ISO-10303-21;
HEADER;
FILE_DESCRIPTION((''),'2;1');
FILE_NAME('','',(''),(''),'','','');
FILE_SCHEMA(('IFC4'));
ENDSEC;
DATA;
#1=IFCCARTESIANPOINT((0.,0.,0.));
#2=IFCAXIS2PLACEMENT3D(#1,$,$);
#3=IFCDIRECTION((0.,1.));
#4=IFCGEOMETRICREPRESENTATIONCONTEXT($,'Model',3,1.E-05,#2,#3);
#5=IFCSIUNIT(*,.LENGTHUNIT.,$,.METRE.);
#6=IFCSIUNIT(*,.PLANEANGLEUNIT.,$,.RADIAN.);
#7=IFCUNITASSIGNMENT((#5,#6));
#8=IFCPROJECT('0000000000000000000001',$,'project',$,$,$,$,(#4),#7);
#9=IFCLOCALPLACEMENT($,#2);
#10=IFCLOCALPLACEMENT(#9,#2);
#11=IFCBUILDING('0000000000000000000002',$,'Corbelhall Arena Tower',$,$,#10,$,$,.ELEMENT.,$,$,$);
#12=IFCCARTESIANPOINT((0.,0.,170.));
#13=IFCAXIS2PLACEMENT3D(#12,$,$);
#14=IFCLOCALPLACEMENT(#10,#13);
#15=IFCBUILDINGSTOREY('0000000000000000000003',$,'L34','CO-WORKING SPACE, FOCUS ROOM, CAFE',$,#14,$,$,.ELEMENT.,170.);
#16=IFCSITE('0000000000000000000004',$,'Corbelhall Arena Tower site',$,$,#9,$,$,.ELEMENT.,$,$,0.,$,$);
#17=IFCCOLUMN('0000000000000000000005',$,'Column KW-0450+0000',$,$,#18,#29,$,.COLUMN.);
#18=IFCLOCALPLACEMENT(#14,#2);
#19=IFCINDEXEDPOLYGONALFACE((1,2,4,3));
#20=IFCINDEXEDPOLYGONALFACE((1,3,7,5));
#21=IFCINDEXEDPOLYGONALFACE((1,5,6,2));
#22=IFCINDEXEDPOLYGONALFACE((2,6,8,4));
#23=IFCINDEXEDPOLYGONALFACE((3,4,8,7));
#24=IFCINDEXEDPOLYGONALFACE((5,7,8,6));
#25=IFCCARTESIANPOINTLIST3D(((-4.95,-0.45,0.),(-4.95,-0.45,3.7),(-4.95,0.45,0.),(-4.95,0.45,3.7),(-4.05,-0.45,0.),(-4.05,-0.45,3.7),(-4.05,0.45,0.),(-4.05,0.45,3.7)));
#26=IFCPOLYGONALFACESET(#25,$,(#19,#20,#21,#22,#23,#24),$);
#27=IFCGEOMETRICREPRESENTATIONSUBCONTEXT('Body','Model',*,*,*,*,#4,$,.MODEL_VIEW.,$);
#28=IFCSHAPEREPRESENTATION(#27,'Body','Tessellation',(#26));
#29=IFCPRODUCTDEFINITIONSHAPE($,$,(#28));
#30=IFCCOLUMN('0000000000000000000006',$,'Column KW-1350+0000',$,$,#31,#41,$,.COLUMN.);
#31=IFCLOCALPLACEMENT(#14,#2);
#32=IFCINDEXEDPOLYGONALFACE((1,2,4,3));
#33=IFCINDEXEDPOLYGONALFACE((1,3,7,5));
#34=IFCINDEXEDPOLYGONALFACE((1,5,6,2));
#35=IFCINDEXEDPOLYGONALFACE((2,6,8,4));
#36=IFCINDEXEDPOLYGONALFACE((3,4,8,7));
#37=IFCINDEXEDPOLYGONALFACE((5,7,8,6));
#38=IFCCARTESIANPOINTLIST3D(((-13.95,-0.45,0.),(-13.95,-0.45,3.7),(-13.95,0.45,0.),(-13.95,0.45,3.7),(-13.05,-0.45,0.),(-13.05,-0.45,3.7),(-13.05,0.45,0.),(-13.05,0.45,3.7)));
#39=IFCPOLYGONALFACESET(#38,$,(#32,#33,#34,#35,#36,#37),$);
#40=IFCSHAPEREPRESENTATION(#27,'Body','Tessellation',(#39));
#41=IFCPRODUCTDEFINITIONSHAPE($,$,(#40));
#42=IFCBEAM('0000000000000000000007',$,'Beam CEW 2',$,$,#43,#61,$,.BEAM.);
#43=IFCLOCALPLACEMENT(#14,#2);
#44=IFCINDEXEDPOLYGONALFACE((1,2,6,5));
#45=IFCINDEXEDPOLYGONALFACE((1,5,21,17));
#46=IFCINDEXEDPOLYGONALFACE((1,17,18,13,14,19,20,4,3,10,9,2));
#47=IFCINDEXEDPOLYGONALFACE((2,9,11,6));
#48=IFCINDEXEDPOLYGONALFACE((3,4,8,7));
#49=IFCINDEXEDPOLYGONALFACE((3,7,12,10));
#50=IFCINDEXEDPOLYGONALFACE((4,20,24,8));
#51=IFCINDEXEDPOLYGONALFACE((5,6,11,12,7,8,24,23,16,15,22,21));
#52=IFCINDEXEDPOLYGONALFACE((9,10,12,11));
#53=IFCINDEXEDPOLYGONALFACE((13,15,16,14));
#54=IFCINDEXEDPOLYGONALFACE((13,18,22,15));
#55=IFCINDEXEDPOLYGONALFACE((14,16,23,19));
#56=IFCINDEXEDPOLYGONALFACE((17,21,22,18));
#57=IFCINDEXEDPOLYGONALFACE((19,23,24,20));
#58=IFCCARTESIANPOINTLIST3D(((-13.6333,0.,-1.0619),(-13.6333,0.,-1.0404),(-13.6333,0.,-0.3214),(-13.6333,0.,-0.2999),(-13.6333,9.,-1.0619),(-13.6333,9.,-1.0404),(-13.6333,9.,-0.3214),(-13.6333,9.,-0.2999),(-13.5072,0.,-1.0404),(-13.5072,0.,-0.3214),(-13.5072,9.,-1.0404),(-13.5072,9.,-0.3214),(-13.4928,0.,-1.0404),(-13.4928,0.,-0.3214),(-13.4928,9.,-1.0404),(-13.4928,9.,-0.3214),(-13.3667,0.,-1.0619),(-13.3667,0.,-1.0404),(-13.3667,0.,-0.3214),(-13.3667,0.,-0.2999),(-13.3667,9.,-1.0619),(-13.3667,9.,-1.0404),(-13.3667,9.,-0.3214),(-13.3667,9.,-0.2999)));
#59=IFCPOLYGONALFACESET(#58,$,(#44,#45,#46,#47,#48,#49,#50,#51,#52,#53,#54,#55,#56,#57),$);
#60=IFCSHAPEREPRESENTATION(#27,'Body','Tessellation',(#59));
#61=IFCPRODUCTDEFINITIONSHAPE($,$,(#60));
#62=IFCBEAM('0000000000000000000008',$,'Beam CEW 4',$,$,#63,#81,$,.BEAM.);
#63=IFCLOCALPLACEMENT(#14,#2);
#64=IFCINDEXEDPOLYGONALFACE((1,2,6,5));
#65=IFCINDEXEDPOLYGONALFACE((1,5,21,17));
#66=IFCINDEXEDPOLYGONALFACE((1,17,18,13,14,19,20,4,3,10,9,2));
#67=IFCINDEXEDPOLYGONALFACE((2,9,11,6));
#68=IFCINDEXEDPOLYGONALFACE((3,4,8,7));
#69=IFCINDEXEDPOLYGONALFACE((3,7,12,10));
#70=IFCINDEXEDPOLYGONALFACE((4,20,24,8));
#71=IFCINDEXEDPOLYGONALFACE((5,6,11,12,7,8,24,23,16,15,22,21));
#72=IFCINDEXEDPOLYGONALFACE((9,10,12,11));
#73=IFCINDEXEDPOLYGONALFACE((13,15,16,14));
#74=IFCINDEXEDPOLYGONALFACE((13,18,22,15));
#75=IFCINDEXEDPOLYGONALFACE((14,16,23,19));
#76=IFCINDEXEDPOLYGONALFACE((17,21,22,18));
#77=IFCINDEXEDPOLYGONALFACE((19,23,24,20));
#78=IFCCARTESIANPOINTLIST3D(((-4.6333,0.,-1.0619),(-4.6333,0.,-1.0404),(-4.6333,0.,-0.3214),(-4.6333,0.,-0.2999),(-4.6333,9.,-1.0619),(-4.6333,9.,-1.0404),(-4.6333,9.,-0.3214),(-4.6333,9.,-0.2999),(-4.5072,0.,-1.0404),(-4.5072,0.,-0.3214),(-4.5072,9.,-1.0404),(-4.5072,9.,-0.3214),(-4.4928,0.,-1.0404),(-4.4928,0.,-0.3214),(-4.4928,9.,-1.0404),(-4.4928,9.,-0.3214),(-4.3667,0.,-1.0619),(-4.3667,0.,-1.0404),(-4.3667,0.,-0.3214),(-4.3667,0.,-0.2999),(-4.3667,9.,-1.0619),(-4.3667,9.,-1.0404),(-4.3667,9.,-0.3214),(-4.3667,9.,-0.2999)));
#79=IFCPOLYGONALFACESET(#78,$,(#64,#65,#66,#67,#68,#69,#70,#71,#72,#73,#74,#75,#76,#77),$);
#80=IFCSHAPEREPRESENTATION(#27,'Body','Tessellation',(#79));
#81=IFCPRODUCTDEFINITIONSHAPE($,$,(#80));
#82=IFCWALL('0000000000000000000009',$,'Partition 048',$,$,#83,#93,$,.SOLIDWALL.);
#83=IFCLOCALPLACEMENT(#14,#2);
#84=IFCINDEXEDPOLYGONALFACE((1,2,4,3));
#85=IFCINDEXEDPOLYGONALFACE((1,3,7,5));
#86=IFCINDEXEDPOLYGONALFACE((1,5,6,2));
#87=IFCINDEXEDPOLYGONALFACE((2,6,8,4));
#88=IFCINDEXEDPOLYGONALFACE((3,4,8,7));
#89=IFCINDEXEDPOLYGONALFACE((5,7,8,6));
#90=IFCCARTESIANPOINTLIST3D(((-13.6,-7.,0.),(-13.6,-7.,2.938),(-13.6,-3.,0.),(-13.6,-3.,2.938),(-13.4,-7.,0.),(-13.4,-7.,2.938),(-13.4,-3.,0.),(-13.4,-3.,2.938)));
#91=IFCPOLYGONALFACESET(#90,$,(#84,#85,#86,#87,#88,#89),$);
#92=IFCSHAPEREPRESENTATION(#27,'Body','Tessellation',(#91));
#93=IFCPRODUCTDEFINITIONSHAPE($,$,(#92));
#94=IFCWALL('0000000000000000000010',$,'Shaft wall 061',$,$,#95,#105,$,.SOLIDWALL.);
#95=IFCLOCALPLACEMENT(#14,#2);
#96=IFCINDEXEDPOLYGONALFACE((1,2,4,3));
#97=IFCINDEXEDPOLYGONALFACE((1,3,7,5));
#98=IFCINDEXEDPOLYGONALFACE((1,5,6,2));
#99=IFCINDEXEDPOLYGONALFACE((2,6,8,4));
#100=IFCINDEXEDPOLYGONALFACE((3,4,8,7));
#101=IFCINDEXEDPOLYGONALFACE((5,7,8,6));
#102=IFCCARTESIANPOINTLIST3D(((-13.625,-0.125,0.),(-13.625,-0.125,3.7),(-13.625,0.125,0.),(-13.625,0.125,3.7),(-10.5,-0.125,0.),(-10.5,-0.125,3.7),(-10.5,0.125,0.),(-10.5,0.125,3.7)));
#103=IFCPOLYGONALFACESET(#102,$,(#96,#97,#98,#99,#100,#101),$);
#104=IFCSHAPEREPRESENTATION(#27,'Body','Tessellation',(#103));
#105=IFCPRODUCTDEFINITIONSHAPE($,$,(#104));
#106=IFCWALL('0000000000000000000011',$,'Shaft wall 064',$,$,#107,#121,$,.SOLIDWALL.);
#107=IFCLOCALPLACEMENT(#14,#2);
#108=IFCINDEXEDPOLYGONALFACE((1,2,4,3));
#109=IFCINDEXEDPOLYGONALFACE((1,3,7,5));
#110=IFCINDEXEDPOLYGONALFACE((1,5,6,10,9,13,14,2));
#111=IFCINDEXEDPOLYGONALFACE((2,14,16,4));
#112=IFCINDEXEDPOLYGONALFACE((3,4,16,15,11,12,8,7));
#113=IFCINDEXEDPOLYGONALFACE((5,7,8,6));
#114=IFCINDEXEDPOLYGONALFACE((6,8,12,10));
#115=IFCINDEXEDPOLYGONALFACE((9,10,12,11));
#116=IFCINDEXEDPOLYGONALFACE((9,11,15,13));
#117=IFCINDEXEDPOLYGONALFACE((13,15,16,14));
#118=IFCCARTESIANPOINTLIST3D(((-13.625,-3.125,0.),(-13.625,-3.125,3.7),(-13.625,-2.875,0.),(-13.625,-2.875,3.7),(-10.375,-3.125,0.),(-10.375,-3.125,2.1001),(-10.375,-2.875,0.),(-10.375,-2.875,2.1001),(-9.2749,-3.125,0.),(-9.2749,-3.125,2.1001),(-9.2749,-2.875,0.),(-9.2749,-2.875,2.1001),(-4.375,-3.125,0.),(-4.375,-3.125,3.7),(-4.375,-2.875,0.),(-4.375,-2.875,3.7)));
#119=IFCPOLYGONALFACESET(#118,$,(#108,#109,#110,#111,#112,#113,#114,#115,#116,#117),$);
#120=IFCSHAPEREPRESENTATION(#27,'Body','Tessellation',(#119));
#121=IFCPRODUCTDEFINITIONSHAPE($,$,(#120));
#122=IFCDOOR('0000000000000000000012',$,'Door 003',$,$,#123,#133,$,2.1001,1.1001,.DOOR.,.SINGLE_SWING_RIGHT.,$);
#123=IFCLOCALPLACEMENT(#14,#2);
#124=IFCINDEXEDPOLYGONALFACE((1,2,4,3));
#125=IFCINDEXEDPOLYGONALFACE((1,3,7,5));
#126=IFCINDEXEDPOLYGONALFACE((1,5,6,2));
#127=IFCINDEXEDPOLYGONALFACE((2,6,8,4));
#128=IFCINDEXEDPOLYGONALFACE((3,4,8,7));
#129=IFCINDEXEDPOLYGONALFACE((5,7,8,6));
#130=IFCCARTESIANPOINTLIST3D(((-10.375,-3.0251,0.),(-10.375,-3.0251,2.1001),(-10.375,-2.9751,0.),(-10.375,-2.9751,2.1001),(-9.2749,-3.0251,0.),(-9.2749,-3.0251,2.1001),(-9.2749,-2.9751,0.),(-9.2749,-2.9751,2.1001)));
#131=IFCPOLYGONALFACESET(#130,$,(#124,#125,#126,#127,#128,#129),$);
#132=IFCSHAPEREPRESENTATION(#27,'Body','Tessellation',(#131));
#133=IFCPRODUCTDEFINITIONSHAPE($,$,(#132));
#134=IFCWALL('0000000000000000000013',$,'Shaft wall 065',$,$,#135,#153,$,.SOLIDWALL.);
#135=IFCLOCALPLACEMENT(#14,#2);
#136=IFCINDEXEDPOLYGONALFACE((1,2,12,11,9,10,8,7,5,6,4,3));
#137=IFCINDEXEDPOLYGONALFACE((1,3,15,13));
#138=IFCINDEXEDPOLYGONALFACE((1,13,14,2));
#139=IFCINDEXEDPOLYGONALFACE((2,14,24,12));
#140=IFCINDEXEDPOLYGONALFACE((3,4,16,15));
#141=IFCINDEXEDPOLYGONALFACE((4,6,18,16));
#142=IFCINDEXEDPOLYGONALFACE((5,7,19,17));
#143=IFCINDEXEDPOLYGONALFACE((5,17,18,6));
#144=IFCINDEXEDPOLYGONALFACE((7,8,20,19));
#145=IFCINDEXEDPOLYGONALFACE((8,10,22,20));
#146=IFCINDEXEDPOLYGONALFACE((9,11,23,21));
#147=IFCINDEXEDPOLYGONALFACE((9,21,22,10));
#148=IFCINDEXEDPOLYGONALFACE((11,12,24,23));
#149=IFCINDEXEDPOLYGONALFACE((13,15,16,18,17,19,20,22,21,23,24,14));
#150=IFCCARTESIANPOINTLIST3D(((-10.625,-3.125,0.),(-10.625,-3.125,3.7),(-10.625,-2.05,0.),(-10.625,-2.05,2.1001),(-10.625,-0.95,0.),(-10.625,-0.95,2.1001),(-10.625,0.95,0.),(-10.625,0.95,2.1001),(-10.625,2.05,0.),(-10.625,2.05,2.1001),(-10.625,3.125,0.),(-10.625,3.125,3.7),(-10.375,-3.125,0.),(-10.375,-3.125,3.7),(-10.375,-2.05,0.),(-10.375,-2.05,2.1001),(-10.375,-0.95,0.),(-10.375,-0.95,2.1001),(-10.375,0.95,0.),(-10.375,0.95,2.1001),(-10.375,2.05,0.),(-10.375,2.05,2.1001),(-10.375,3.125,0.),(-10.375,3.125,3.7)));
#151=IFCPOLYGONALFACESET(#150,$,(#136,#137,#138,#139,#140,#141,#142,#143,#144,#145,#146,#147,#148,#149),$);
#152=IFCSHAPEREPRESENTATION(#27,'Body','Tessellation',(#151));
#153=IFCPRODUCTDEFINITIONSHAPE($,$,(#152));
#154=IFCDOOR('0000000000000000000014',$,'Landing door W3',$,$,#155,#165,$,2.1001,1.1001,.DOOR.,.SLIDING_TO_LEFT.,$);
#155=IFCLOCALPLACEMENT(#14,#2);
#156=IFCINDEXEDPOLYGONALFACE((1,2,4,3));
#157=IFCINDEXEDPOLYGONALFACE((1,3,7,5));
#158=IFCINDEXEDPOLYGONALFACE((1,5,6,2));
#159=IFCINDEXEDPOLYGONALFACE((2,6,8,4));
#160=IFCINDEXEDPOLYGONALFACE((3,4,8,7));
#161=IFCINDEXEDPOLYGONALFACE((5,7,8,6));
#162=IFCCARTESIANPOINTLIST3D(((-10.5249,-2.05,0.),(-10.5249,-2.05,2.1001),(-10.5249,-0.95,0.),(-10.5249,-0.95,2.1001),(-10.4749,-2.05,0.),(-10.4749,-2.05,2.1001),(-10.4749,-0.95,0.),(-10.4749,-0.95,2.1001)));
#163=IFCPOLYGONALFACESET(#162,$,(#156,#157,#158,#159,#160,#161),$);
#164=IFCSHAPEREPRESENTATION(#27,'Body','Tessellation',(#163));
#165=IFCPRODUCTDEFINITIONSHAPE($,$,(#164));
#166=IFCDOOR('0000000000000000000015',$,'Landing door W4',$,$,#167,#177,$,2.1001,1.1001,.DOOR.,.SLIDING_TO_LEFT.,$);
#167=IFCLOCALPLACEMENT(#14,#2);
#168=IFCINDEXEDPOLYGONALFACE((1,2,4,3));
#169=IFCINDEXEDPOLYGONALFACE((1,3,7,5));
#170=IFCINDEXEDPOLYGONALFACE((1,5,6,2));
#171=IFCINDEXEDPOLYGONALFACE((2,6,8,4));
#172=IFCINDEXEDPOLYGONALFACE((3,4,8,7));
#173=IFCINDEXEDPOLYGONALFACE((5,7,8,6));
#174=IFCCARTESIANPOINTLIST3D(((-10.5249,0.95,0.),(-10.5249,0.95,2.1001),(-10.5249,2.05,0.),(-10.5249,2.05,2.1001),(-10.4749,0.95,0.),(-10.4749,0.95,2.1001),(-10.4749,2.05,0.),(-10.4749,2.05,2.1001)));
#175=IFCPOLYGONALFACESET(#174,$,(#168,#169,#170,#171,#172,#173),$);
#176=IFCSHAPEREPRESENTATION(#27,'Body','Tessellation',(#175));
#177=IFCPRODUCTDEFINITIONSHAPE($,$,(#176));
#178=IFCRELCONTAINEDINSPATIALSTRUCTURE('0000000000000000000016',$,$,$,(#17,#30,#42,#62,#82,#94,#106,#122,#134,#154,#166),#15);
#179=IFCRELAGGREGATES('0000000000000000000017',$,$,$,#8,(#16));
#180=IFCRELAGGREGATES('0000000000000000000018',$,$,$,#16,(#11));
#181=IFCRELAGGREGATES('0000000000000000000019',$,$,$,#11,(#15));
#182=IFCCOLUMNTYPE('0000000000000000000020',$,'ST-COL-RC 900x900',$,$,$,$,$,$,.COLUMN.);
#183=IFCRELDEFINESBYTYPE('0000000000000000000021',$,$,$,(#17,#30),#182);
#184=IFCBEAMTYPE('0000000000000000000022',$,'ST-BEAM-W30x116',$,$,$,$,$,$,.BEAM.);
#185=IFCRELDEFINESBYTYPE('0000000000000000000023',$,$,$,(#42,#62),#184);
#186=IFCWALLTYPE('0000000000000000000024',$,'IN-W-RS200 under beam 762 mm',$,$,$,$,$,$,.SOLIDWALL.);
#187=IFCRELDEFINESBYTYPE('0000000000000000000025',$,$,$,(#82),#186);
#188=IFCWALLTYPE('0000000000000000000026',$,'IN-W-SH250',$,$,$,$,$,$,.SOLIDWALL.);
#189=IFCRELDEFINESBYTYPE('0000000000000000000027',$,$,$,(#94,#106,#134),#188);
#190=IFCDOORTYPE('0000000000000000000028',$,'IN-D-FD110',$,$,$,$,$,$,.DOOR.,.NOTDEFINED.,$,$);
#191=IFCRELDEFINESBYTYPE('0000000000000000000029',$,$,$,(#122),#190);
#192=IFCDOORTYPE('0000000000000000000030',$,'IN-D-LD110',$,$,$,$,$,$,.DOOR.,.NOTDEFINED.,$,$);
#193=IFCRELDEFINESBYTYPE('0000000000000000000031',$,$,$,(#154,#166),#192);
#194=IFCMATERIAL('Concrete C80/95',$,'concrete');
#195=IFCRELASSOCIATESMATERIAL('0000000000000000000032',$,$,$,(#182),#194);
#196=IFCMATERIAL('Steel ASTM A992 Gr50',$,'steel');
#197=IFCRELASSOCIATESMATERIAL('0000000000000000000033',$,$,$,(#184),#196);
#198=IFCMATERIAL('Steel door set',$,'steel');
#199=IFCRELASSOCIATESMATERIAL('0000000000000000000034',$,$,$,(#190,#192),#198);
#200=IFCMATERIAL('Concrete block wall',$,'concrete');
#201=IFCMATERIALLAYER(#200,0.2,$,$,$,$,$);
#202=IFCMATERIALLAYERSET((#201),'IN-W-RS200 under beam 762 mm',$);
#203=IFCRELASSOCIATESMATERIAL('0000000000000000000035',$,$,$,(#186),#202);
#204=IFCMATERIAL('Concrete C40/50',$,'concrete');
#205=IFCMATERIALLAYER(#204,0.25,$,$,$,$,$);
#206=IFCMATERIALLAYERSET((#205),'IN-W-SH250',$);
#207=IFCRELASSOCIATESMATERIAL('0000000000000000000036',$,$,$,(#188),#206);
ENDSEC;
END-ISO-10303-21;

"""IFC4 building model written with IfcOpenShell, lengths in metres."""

from ifc_helpers import new_model, si_unit, direction, frame, frame_2d, origin, origin_2d, place, context, subcontext, project, spatial, rectangle, i_section, extrude, material, layer, layer_set, material_profile, profile_set, type_object, element, fill, save


model = new_model("IFC4")

# Units and contexts
model_context = context("Model", 3, precision=1e-05, world=origin(), true_north=direction((0.0, 1.0)))
body_context = subcontext(model_context, "Body", "Model", "MODEL_VIEW")
ifc_project = project(units=[si_unit("LENGTHUNIT", "METRE"), si_unit("PLANEANGLEUNIT", "RADIAN")], contexts=[model_context])

# Site, building, storey
site_placement = place(None, origin())
site = spatial("IfcSite", under=ifc_project, at=site_placement, Name="Corbelhall Arena Tower site", CompositionType="ELEMENT", RefElevation=0.0)
building_placement = place(site_placement, origin())
building = spatial("IfcBuilding", under=site, at=building_placement, Name="Corbelhall Arena Tower", CompositionType="ELEMENT")
storey_placement = place(building_placement, frame((0.0, 0.0, 170.0)))
storey = spatial("IfcBuildingStorey", under=building, at=storey_placement, Name="L34", Description="CO-WORKING SPACE, FOCUS ROOM, CAFE", CompositionType="ELEMENT", Elevation=170.0)

# Columns
ifc_material_1 = material(Name="Concrete C80/95", Category="concrete")
ifc_material_profile_1 = material_profile(ifc_material_1, rectangle(XDim=0.8999, YDim=0.8999, at=origin_2d()))
ifc_profile_set_1 = profile_set([ifc_material_profile_1], Name="Concrete C80/95")
column_type = type_object("IfcColumnType", Name="ST-COL-RC 900x900", PredefinedType="COLUMN", material=ifc_profile_set_1)
for number, where, z_axis, x_axis, name in (
    (1, (-4.5, 0.0, 0.0), (0.0, 0.0, 1.0), (1.0, 0.0, 0.0), "Column KW-0450+0000"),
    (2, (-13.5, 0.0, 0.0), (0.0, 0.0, 1.0), (1.0, 0.0, 0.0), "Column KW-1350+0000"),
):
    element("IfcColumn", number, at=place(storey_placement, frame(where, z_axis=z_axis, x_axis=x_axis)), inside=storey, type_object=column_type, Name=name, PredefinedType="COLUMN", context=body_context, shape_type="SweptSolid", body=[
        extrude(rectangle(XDim=0.8999, YDim=0.8999, at=origin_2d()), origin(), (0.0, 0.0, 1.0), 3.7),
    ])

# Beams
ifc_material_2 = material(Name="Steel ASTM A992 Gr50", Category="steel")
ifc_material_profile_2 = material_profile(ifc_material_2, i_section(OverallWidth=0.2666, OverallDepth=0.762, WebThickness=0.0144, FlangeThickness=0.0215, at=origin_2d()))
ifc_profile_set_2 = profile_set([ifc_material_profile_2], Name="Steel ASTM A992 Gr50")
beam_type = type_object("IfcBeamType", Name="ST-BEAM-W30x116", PredefinedType="BEAM", material=ifc_profile_set_2)
for number, where, z_axis, x_axis, name in (
    (3, (-13.5, 0.0, -0.6809), (0.0, 1.0, 0.0), (-1.0, 0.0, 0.0), "Beam CEW 2"),
    (4, (-4.5, 0.0, -0.6809), (0.0, 1.0, 0.0), (-1.0, 0.0, 0.0), "Beam CEW 4"),
):
    element("IfcBeam", number, at=place(storey_placement, frame(where, z_axis=z_axis, x_axis=x_axis)), inside=storey, type_object=beam_type, Name=name, PredefinedType="BEAM", context=body_context, shape_type="SweptSolid", body=[
        extrude(i_section(OverallWidth=0.2666, OverallDepth=0.762, WebThickness=0.0144, FlangeThickness=0.0215, at=origin_2d()), origin(), (0.0, 0.0, 1.0), 9.0),
    ])

# Shared definitions
ifc_material_3 = material(Name="Concrete block wall", Category="concrete")
ifc_material_4 = material(Name="Steel door set", Category="steel")
door_type_1 = type_object("IfcDoorType", Name="IN-D-FD110", OperationType="NOTDEFINED", PredefinedType="DOOR", material=ifc_material_4)

# Walls
ifc_layer_1 = layer(ifc_material_3, 0.2)
ifc_layer_set_1 = layer_set([ifc_layer_1], Name="IN-W-RS200 under beam 762 mm")
wall_type_1 = type_object("IfcWallType", Name="IN-W-RS200 under beam 762 mm", PredefinedType="SOLIDWALL", material=ifc_layer_set_1)
wall_1_placement = place(storey_placement, frame((-13.5, -7.0, 0.0), z_axis=(0.0, 0.0, 1.0), x_axis=(0.0, 1.0, 0.0)))
element("IfcWall", 5, at=wall_1_placement, inside=storey, type_object=wall_type_1, Name="Partition 048", PredefinedType="SOLIDWALL", context=body_context, shape_type="SweptSolid", body=[
    extrude(rectangle(XDim=4.0, YDim=0.2, at=frame_2d((2.0, 0.0))), origin(), (0.0, 0.0, 1.0), 2.938),
])
ifc_material_5 = material(Name="Concrete C40/50", Category="concrete")
ifc_layer_2 = layer(ifc_material_5, 0.25)
ifc_layer_set_2 = layer_set([ifc_layer_2], Name="IN-W-SH250")
wall_type_2 = type_object("IfcWallType", Name="IN-W-SH250", PredefinedType="SOLIDWALL", material=ifc_layer_set_2)
wall_2_placement = place(storey_placement, frame((-13.625, 0.0, 0.0), z_axis=(0.0, 0.0, 1.0), x_axis=(1.0, 0.0, 0.0)))
element("IfcWall", 6, at=wall_2_placement, inside=storey, type_object=wall_type_2, Name="Shaft wall 061", PredefinedType="SOLIDWALL", context=body_context, shape_type="SweptSolid", body=[
    extrude(rectangle(XDim=3.125, YDim=0.25, at=frame_2d((1.5625, 0.0))), origin(), (0.0, 0.0, 1.0), 3.7),
])

# Wall, opening, door
wall_3_placement = place(storey_placement, frame((-13.625, -3.0, 0.0), z_axis=(0.0, 0.0, 1.0), x_axis=(1.0, 0.0, 0.0)))
wall_3 = element("IfcWall", 7, at=wall_3_placement, inside=storey, type_object=wall_type_2, Name="Shaft wall 064", PredefinedType="SOLIDWALL", context=body_context, shape_type="SweptSolid", body=[
    extrude(rectangle(XDim=9.25, YDim=0.25, at=frame_2d((4.625, 0.0))), origin(), (0.0, 0.0, 1.0), 3.7),
])
opening_1_placement = place(wall_3_placement, frame((3.25, 0.0, 0.0)))
opening_1 = element("IfcOpeningElement", 8, at=opening_1_placement, cuts=wall_3, PredefinedType="OPENING", context=body_context, shape_type="SweptSolid", body=[
    extrude(rectangle(XDim=1.1001, YDim=2.1001, at=frame_2d((0.55, 1.05))), frame((0.0, 0.125, 0.0), z_axis=(0.0, -1.0, 0.0), x_axis=(1.0, 0.0, 0.0)), (0.0, 0.0, 1.0), 0.25),
])
door_1_placement = place(opening_1_placement, origin())
door_1 = element("IfcDoor", 9, at=door_1_placement, inside=storey, type_object=door_type_1, Name="Door 003", OperationType="SINGLE_SWING_RIGHT", OverallHeight=2.1001, OverallWidth=1.1001, PredefinedType="DOOR", context=body_context, shape_type="SweptSolid", body=[
    extrude(rectangle(XDim=1.1001, YDim=2.1001, at=frame_2d((0.55, 1.05))), frame((0.0, 0.0249, 0.0), z_axis=(0.0, -1.0, 0.0), x_axis=(1.0, 0.0, 0.0)), (0.0, 0.0, 1.0), 0.05),
])
fill(opening_1, door_1)

# Wall, openings, doors
wall_4_placement = place(storey_placement, frame((-10.5, -3.125, 0.0), z_axis=(0.0, 0.0, 1.0), x_axis=(0.0, 1.0, 0.0)))
wall_4 = element("IfcWall", 10, at=wall_4_placement, inside=storey, type_object=wall_type_2, Name="Shaft wall 065", PredefinedType="SOLIDWALL", context=body_context, shape_type="SweptSolid", body=[
    extrude(rectangle(XDim=6.25, YDim=0.25, at=frame_2d((3.125, 0.0))), origin(), (0.0, 0.0, 1.0), 3.7),
])
opening_2_placement = place(wall_4_placement, frame((1.075, 0.0, 0.0)))
opening_2 = element("IfcOpeningElement", 11, at=opening_2_placement, cuts=wall_4, PredefinedType="OPENING", context=body_context, shape_type="SweptSolid", body=[
    extrude(rectangle(XDim=1.1001, YDim=2.1001, at=frame_2d((0.55, 1.05))), frame((0.0, 0.125, 0.0), z_axis=(0.0, -1.0, 0.0), x_axis=(1.0, 0.0, 0.0)), (0.0, 0.0, 1.0), 0.25),
])
opening_3_placement = place(wall_4_placement, frame((4.075, 0.0, 0.0)))
opening_3 = element("IfcOpeningElement", 12, at=opening_3_placement, cuts=wall_4, PredefinedType="OPENING", context=body_context, shape_type="SweptSolid", body=[
    extrude(rectangle(XDim=1.1001, YDim=2.1001, at=frame_2d((0.55, 1.05))), frame((0.0, 0.125, 0.0), z_axis=(0.0, -1.0, 0.0), x_axis=(1.0, 0.0, 0.0)), (0.0, 0.0, 1.0), 0.25),
])
door_type_2 = type_object("IfcDoorType", Name="IN-D-LD110", OperationType="NOTDEFINED", PredefinedType="DOOR", material=ifc_material_4)
door_2_placement = place(opening_2_placement, origin())
door_2 = element("IfcDoor", 13, at=door_2_placement, inside=storey, type_object=door_type_2, Name="Landing door W3", OperationType="SLIDING_TO_LEFT", OverallHeight=2.1001, OverallWidth=1.1001, PredefinedType="DOOR", context=body_context, shape_type="SweptSolid", body=[
    extrude(rectangle(XDim=1.1001, YDim=2.1001, at=frame_2d((0.55, 1.05))), frame((0.0, 0.0249, 0.0), z_axis=(0.0, -1.0, 0.0), x_axis=(1.0, 0.0, 0.0)), (0.0, 0.0, 1.0), 0.05),
])
fill(opening_2, door_2)
door_3_placement = place(opening_3_placement, origin())
door_3 = element("IfcDoor", 14, at=door_3_placement, inside=storey, type_object=door_type_2, Name="Landing door W4", OperationType="SLIDING_TO_LEFT", OverallHeight=2.1001, OverallWidth=1.1001, PredefinedType="DOOR", context=body_context, shape_type="SweptSolid", body=[
    extrude(rectangle(XDim=1.1001, YDim=2.1001, at=frame_2d((0.55, 1.05))), frame((0.0, 0.0249, 0.0), z_axis=(0.0, -1.0, 0.0), x_axis=(1.0, 0.0, 0.0)), (0.0, 0.0, 1.0), 0.05),
])
fill(opening_3, door_3)

save(model, "model.ifc")
